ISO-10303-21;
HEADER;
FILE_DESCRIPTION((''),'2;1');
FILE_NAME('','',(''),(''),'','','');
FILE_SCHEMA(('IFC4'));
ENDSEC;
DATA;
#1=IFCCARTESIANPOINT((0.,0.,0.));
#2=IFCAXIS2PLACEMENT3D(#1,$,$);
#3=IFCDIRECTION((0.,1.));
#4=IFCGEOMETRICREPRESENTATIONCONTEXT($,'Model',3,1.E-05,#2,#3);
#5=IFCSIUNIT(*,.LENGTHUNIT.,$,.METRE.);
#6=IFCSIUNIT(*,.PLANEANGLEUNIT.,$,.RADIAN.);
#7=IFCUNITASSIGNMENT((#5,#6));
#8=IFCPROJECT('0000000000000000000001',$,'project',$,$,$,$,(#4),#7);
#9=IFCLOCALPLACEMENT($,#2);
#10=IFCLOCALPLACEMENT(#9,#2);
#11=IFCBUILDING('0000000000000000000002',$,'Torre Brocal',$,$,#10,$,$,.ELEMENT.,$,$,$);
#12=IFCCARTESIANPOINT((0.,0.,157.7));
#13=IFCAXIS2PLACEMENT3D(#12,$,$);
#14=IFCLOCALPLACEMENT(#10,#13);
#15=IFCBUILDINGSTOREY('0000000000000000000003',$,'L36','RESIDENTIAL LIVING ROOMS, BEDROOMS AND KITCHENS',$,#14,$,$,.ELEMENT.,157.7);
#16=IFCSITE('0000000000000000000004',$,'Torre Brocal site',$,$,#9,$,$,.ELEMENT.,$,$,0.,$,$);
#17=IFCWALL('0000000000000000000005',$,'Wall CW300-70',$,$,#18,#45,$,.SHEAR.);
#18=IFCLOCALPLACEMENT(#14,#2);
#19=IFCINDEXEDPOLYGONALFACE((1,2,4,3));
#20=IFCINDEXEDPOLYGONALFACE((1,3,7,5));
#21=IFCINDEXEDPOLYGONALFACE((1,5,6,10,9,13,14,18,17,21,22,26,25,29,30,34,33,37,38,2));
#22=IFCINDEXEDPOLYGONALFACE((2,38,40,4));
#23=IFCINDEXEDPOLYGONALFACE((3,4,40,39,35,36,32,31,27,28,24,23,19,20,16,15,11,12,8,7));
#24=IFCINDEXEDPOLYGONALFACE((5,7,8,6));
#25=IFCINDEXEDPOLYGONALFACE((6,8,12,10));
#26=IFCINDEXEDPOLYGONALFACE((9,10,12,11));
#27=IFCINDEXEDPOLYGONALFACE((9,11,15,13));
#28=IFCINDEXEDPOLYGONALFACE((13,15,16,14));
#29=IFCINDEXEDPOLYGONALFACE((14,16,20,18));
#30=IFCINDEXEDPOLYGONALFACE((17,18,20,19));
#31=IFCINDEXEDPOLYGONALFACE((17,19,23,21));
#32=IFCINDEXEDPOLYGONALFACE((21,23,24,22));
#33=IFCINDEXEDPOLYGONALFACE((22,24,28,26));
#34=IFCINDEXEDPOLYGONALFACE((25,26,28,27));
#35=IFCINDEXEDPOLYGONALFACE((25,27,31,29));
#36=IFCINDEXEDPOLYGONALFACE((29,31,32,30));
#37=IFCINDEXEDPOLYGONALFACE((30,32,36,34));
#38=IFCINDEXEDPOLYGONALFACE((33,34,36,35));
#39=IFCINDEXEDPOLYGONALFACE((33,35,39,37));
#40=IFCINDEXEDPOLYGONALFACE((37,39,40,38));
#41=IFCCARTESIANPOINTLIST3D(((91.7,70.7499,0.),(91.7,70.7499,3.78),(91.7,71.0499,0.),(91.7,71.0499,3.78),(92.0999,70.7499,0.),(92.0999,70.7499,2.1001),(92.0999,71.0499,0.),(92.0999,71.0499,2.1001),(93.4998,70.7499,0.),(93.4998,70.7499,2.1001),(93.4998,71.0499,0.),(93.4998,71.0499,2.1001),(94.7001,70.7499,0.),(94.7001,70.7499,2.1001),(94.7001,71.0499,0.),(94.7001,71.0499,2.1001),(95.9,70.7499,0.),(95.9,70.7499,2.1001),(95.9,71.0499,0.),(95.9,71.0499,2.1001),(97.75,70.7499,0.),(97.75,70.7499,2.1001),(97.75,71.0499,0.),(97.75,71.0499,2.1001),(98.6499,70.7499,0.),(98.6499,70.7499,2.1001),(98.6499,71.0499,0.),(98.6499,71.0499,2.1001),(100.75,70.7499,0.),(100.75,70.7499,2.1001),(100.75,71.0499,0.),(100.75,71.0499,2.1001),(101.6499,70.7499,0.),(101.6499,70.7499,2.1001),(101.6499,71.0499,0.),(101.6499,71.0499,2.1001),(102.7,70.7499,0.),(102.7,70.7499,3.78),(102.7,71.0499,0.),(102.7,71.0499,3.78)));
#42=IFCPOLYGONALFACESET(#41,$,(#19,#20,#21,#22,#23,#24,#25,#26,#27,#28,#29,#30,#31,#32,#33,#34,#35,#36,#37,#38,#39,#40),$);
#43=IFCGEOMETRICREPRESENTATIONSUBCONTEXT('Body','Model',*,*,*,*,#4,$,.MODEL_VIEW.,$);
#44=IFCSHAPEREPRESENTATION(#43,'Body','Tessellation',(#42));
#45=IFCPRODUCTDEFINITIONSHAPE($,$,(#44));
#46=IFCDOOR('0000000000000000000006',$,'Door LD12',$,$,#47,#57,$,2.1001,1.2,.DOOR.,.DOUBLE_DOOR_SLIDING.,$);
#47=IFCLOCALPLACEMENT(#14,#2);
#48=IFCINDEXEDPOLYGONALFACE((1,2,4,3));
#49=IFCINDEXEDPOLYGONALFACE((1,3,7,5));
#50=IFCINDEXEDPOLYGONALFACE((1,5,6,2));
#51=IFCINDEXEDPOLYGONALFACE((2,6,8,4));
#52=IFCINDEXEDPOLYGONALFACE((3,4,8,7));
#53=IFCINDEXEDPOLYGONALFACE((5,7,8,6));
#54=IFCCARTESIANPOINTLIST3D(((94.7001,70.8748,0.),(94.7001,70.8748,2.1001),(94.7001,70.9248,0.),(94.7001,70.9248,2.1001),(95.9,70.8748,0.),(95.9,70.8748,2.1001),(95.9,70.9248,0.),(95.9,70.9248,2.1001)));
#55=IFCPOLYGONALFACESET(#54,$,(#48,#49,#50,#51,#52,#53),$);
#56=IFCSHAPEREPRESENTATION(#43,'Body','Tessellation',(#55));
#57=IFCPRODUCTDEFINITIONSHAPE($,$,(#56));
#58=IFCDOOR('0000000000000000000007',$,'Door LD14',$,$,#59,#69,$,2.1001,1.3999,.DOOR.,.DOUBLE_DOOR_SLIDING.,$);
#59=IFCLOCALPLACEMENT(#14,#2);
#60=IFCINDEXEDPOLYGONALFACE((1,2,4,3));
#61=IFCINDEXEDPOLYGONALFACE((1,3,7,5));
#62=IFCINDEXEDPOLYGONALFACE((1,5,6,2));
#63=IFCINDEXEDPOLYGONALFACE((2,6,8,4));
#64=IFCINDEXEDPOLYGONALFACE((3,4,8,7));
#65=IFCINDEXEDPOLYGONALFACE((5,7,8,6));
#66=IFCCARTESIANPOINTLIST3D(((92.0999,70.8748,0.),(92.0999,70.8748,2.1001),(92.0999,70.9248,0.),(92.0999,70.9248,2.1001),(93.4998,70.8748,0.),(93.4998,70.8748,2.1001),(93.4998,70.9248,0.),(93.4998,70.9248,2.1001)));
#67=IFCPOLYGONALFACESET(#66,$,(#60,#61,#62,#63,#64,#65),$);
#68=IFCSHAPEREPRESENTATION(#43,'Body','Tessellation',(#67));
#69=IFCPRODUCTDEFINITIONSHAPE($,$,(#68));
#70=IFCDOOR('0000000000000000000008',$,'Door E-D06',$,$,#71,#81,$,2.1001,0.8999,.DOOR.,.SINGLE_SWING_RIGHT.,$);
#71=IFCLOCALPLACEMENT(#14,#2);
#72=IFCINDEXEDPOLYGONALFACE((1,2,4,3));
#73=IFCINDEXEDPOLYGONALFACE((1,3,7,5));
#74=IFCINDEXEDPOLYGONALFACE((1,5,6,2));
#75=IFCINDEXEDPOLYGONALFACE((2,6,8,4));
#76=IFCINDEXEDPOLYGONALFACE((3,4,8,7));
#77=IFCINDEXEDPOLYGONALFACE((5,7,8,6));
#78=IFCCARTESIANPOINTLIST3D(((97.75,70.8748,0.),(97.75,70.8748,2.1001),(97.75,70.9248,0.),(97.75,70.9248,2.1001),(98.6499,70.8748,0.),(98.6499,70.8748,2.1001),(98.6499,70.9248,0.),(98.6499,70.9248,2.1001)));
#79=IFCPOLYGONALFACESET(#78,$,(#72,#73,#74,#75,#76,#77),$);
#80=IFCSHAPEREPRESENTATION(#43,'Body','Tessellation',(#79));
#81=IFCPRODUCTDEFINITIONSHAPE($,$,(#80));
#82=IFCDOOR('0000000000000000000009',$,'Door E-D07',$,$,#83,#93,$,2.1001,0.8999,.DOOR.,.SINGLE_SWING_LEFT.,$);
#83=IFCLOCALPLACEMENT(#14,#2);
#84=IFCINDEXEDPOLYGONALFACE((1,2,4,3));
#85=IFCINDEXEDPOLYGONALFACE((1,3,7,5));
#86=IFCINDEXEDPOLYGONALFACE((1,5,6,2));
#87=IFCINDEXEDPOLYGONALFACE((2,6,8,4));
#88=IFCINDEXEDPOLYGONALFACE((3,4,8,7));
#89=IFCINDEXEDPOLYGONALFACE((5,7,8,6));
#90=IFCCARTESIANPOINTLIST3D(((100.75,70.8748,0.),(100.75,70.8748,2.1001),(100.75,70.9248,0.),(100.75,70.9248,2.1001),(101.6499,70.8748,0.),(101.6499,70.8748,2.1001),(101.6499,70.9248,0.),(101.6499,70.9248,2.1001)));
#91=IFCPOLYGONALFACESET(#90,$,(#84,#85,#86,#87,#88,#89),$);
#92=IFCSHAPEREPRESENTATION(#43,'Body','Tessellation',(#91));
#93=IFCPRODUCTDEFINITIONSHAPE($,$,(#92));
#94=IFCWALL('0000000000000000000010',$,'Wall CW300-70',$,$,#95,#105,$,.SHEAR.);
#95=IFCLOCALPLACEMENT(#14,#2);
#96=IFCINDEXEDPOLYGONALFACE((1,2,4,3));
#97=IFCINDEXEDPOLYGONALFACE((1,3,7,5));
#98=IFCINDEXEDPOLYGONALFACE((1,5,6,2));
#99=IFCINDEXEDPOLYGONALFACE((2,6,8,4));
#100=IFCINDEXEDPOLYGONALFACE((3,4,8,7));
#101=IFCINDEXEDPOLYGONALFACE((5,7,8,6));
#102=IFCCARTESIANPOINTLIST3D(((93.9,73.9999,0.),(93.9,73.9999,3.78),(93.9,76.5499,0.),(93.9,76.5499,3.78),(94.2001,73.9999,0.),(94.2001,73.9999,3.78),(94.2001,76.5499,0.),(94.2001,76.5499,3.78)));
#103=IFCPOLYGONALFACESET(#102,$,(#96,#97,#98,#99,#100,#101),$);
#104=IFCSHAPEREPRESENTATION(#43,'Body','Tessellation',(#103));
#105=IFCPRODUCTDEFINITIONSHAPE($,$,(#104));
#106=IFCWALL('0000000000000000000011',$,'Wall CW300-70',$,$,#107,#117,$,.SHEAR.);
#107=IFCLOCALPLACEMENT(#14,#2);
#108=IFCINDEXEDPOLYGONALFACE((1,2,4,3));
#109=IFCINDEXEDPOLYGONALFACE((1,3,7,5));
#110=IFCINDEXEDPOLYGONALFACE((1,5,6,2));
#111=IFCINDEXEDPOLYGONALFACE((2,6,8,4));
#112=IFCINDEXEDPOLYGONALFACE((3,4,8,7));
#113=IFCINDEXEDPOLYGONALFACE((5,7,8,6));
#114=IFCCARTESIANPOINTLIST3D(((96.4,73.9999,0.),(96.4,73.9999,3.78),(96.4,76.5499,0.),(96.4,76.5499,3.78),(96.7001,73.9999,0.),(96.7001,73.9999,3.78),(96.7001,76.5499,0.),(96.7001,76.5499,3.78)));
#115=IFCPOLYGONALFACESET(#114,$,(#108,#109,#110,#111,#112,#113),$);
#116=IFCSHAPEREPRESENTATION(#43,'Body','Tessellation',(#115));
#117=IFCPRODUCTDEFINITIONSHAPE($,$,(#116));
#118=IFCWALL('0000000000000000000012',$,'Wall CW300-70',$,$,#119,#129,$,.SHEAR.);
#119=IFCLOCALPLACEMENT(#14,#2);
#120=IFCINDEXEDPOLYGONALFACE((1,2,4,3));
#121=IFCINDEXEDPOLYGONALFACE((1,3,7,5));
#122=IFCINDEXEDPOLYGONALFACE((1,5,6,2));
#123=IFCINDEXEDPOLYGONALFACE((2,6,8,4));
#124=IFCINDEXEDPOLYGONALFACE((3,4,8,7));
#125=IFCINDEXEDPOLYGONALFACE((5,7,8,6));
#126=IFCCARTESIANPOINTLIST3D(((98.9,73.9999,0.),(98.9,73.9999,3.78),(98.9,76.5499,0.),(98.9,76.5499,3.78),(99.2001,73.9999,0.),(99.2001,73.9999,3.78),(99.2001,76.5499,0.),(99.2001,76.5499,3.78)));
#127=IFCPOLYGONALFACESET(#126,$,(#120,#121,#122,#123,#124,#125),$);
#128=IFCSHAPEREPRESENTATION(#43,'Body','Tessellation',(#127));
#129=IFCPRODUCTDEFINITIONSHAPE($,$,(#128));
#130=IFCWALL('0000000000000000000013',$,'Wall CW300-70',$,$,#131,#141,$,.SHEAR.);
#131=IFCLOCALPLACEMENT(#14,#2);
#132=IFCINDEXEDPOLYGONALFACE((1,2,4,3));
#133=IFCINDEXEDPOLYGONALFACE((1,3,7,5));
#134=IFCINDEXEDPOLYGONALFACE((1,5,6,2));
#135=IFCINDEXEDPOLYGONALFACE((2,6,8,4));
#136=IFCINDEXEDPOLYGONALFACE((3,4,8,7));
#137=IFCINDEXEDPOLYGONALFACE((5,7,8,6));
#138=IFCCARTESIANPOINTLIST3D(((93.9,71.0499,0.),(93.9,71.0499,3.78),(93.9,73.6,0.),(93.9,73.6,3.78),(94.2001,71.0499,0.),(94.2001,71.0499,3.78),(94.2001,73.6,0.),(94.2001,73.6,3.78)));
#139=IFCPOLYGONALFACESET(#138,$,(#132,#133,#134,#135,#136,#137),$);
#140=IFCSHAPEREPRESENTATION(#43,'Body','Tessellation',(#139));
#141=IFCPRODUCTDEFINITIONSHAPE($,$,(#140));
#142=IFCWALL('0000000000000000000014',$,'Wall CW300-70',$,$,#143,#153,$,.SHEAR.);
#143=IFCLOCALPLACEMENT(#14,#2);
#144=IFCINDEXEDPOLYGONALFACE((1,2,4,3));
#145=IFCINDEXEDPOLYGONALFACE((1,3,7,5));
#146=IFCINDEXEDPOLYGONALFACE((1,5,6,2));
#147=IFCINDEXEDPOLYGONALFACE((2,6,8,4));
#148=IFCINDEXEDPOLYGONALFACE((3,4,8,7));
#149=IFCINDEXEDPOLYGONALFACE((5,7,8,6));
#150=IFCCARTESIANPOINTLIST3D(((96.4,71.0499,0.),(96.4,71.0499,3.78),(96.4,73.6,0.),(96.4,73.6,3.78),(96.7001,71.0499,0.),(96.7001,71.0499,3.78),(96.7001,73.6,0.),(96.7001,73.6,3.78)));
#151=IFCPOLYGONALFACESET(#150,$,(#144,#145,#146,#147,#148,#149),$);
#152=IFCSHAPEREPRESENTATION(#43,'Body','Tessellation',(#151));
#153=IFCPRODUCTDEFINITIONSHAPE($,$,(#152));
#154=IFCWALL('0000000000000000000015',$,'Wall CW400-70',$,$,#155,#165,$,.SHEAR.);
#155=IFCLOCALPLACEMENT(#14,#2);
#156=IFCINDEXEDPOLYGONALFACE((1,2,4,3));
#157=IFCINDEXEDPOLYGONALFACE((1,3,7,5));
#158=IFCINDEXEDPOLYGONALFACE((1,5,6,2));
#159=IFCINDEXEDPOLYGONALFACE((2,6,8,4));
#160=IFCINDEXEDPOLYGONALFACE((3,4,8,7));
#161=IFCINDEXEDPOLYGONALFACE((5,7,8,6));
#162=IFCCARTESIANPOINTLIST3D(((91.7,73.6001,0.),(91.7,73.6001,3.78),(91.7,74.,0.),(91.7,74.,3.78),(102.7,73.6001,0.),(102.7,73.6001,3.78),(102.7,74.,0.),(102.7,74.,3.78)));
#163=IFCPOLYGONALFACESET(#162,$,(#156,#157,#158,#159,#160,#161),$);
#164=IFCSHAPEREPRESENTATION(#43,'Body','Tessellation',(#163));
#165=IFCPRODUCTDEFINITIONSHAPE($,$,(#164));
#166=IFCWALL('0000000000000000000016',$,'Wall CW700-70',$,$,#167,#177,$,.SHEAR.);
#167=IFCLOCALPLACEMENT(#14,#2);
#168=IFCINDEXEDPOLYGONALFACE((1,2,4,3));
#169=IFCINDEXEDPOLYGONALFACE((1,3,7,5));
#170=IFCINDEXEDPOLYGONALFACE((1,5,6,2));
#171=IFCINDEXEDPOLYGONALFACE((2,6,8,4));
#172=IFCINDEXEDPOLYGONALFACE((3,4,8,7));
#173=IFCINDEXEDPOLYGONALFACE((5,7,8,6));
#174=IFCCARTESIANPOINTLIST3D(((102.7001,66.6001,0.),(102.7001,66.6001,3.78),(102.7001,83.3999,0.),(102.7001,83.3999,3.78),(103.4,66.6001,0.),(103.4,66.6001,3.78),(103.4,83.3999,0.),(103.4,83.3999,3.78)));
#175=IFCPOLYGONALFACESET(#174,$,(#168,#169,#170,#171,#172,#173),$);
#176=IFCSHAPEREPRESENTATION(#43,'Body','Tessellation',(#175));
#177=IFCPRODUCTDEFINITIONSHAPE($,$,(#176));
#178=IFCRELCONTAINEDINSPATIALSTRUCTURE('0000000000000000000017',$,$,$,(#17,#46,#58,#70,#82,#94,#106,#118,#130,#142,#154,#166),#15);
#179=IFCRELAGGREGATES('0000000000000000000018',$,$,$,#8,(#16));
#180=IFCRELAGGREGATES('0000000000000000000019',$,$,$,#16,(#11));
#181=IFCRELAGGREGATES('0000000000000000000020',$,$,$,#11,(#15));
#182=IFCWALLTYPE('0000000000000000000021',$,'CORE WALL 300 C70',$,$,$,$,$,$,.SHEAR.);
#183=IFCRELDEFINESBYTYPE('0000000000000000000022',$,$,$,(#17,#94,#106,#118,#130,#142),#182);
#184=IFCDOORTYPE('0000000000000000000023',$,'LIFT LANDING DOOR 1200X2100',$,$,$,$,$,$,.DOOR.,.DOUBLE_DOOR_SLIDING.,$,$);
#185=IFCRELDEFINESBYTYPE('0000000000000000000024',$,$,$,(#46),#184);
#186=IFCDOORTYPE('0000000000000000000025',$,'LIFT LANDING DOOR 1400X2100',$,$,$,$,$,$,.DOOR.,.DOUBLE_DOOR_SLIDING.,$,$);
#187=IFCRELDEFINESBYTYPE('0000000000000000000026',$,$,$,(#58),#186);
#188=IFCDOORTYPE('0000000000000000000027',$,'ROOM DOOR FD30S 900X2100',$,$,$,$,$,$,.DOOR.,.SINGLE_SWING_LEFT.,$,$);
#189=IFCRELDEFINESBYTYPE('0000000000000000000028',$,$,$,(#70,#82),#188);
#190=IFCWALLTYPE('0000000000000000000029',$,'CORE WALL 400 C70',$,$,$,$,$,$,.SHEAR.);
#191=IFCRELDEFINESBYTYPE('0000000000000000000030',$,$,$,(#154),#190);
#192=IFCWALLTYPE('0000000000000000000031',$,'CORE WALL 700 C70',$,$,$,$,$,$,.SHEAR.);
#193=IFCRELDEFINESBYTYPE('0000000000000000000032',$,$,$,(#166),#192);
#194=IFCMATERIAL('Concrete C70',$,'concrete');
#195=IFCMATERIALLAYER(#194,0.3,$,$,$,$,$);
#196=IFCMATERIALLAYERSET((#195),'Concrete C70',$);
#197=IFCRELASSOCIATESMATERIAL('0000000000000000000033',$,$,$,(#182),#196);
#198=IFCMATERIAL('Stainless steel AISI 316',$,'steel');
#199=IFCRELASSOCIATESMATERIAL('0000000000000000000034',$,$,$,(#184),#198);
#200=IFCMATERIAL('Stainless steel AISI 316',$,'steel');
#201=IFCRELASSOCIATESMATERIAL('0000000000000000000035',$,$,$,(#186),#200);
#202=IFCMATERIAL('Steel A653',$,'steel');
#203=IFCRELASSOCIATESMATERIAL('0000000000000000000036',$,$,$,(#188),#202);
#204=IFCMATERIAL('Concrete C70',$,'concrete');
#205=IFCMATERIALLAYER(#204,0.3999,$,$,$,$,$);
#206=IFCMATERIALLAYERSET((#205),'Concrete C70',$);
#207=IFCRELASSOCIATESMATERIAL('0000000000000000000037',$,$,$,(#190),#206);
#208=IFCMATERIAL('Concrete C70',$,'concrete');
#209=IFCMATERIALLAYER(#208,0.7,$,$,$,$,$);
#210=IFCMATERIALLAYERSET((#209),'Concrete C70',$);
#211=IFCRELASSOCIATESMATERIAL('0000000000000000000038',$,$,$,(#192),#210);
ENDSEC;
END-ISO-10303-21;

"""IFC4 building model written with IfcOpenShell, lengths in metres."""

from ifc_helpers import new_model, si_unit, direction, frame, frame_2d, origin, place, context, subcontext, project, spatial, rectangle, extrude, material, layer, layer_set, type_object, element, fill, save


model = new_model("IFC4")

# Units and contexts
model_context = context("Model", 3, precision=1e-05, world=origin(), true_north=direction((0.0, 1.0)))
body_context = subcontext(model_context, "Body", "Model", "MODEL_VIEW")
ifc_project = project(units=[si_unit("LENGTHUNIT", "METRE"), si_unit("PLANEANGLEUNIT", "RADIAN")], contexts=[model_context])

# Site, building, storey
site_placement = place(None, origin())
site = spatial("IfcSite", under=ifc_project, at=site_placement, Name="Torre Brocal site", CompositionType="ELEMENT", RefElevation=0.0)
building_placement = place(site_placement, origin())
building = spatial("IfcBuilding", under=site, at=building_placement, Name="Torre Brocal", CompositionType="ELEMENT")
storey_placement = place(building_placement, frame((0.0, 0.0, 157.7)))
storey = spatial("IfcBuildingStorey", under=building, at=storey_placement, Name="L36", Description="RESIDENTIAL LIVING ROOMS, BEDROOMS AND KITCHENS", CompositionType="ELEMENT", Elevation=157.7)

# Shared definitions
ifc_material_1 = material(Name="Concrete C70", Category="concrete")
ifc_layer_1 = layer(ifc_material_1, 0.3)
ifc_layer_set_1 = layer_set([ifc_layer_1], Name="Concrete C70")
wall_type_1 = type_object("IfcWallType", Name="CORE WALL 300 C70", PredefinedType="SHEAR", material=ifc_layer_set_1)

# Wall, openings, doors
wall_1_placement = place(storey_placement, frame((91.7, 70.8999, 0.0), z_axis=(0.0, 0.0, 1.0), x_axis=(1.0, 0.0, 0.0)))
wall_1 = element("IfcWall", 1, at=wall_1_placement, inside=storey, type_object=wall_type_1, Name="Wall CW300-70", PredefinedType="SHEAR", context=body_context, shape_type="SweptSolid", body=[
    extrude(rectangle(XDim=11.0, YDim=0.3, at=frame_2d((5.5, 0.0))), origin(), (0.0, 0.0, 1.0), 3.78),
])
opening_1_placement = place(wall_1_placement, frame((0.3999, 0.0, 0.0)))
opening_1 = element("IfcOpeningElement", 2, at=opening_1_placement, cuts=wall_1, PredefinedType="OPENING", context=body_context, shape_type="SweptSolid", body=[
    extrude(rectangle(XDim=1.3999, YDim=2.1001, at=frame_2d((0.7, 1.05))), frame((0.0, 0.1599, 0.0), z_axis=(0.0, -1.0, 0.0), x_axis=(1.0, 0.0, 0.0)), (0.0, 0.0, 1.0), 0.3201),
])
opening_2_placement = place(wall_1_placement, frame((3.0, 0.0, 0.0)))
opening_2 = element("IfcOpeningElement", 3, at=opening_2_placement, cuts=wall_1, PredefinedType="OPENING", context=body_context, shape_type="SweptSolid", body=[
    extrude(rectangle(XDim=1.2, YDim=2.1001, at=frame_2d((0.6001, 1.05))), frame((0.0, 0.1599, 0.0), z_axis=(0.0, -1.0, 0.0), x_axis=(1.0, 0.0, 0.0)), (0.0, 0.0, 1.0), 0.3201),
])
opening_3_placement = place(wall_1_placement, frame((6.05, 0.0, 0.0)))
opening_3 = element("IfcOpeningElement", 4, at=opening_3_placement, cuts=wall_1, PredefinedType="OPENING", context=body_context, shape_type="SweptSolid", body=[
    extrude(rectangle(XDim=0.8999, YDim=2.1001, at=frame_2d((0.45, 1.05))), frame((0.0, 0.1599, 0.0), z_axis=(0.0, -1.0, 0.0), x_axis=(1.0, 0.0, 0.0)), (0.0, 0.0, 1.0), 0.3201),
])
opening_4_placement = place(wall_1_placement, frame((9.05, 0.0, 0.0)))
opening_4 = element("IfcOpeningElement", 5, at=opening_4_placement, cuts=wall_1, PredefinedType="OPENING", context=body_context, shape_type="SweptSolid", body=[
    extrude(rectangle(XDim=0.8999, YDim=2.1001, at=frame_2d((0.45, 1.05))), frame((0.0, 0.1599, 0.0), z_axis=(0.0, -1.0, 0.0), x_axis=(1.0, 0.0, 0.0)), (0.0, 0.0, 1.0), 0.3201),
])
ifc_material_2 = material(Name="Stainless steel AISI 316", Category="steel")
door_type_1 = type_object("IfcDoorType", Name="LIFT LANDING DOOR 1200X2100", OperationType="DOUBLE_DOOR_SLIDING", PredefinedType="DOOR", material=ifc_material_2)
door_1_placement = place(opening_2_placement, origin())
door_1 = element("IfcDoor", 6, at=door_1_placement, inside=storey, type_object=door_type_1, Name="Door LD12", OperationType="DOUBLE_DOOR_SLIDING", OverallHeight=2.1001, OverallWidth=1.2, PredefinedType="DOOR", context=body_context, shape_type="SweptSolid", body=[
    extrude(rectangle(XDim=1.2, YDim=2.1001, at=frame_2d((0.6001, 1.05))), frame((0.0, 0.0249, 0.0), z_axis=(0.0, -1.0, 0.0), x_axis=(1.0, 0.0, 0.0)), (0.0, 0.0, 1.0), 0.05),
])
fill(opening_2, door_1)
ifc_material_3 = material(Name="Stainless steel AISI 316", Category="steel")
door_type_2 = type_object("IfcDoorType", Name="LIFT LANDING DOOR 1400X2100", OperationType="DOUBLE_DOOR_SLIDING", PredefinedType="DOOR", material=ifc_material_3)
door_2_placement = place(opening_1_placement, origin())
door_2 = element("IfcDoor", 7, at=door_2_placement, inside=storey, type_object=door_type_2, Name="Door LD14", OperationType="DOUBLE_DOOR_SLIDING", OverallHeight=2.1001, OverallWidth=1.3999, PredefinedType="DOOR", context=body_context, shape_type="SweptSolid", body=[
    extrude(rectangle(XDim=1.3999, YDim=2.1001, at=frame_2d((0.7, 1.05))), frame((0.0, 0.0249, 0.0), z_axis=(0.0, -1.0, 0.0), x_axis=(1.0, 0.0, 0.0)), (0.0, 0.0, 1.0), 0.05),
])
fill(opening_1, door_2)
ifc_material_4 = material(Name="Steel A653", Category="steel")
door_type_3 = type_object("IfcDoorType", Name="ROOM DOOR FD30S 900X2100", OperationType="SINGLE_SWING_LEFT", PredefinedType="DOOR", material=ifc_material_4)
door_3_placement = place(opening_3_placement, origin())
door_3 = element("IfcDoor", 8, at=door_3_placement, inside=storey, type_object=door_type_3, Name="Door E-D06", OperationType="SINGLE_SWING_RIGHT", OverallHeight=2.1001, OverallWidth=0.8999, PredefinedType="DOOR", context=body_context, shape_type="SweptSolid", body=[
    extrude(rectangle(XDim=0.8999, YDim=2.1001, at=frame_2d((0.45, 1.05))), frame((0.0, 0.0249, 0.0), z_axis=(0.0, -1.0, 0.0), x_axis=(1.0, 0.0, 0.0)), (0.0, 0.0, 1.0), 0.05),
])
fill(opening_3, door_3)
door_4_placement = place(opening_4_placement, origin())
door_4 = element("IfcDoor", 9, at=door_4_placement, inside=storey, type_object=door_type_3, Name="Door E-D07", OperationType="SINGLE_SWING_LEFT", OverallHeight=2.1001, OverallWidth=0.8999, PredefinedType="DOOR", context=body_context, shape_type="SweptSolid", body=[
    extrude(rectangle(XDim=0.8999, YDim=2.1001, at=frame_2d((0.45, 1.05))), frame((0.0, 0.0249, 0.0), z_axis=(0.0, -1.0, 0.0), x_axis=(1.0, 0.0, 0.0)), (0.0, 0.0, 1.0), 0.05),
])
fill(opening_4, door_4)

# Walls
for number, where, z_axis, x_axis, name in (
    (10, (94.05, 74.0, 0.0), (0.0, 0.0, 1.0), (0.0, 1.0, 0.0), "Wall CW300-70"),
    (11, (96.55, 74.0, 0.0), (0.0, 0.0, 1.0), (0.0, 1.0, 0.0), "Wall CW300-70"),
    (12, (99.05, 74.0, 0.0), (0.0, 0.0, 1.0), (0.0, 1.0, 0.0), "Wall CW300-70"),
    (13, (94.05, 71.05, 0.0), (0.0, 0.0, 1.0), (0.0, 1.0, 0.0), "Wall CW300-70"),
    (14, (96.55, 71.05, 0.0), (0.0, 0.0, 1.0), (0.0, 1.0, 0.0), "Wall CW300-70"),
):
    element("IfcWall", number, at=place(storey_placement, frame(where, z_axis=z_axis, x_axis=x_axis)), inside=storey, type_object=wall_type_1, Name=name, PredefinedType="SHEAR", context=body_context, shape_type="SweptSolid", body=[
        extrude(rectangle(XDim=2.55, YDim=0.3, at=frame_2d((1.2749, 0.0))), origin(), (0.0, 0.0, 1.0), 3.78),
    ])
ifc_material_5 = material(Name="Concrete C70", Category="concrete")
ifc_layer_2 = layer(ifc_material_5, 0.3999)
ifc_layer_set_2 = layer_set([ifc_layer_2], Name="Concrete C70")
wall_type_2 = type_object("IfcWallType", Name="CORE WALL 400 C70", PredefinedType="SHEAR", material=ifc_layer_set_2)
wall_2_placement = place(storey_placement, frame((91.7, 73.8, 0.0), z_axis=(0.0, 0.0, 1.0), x_axis=(1.0, 0.0, 0.0)))
element("IfcWall", 15, at=wall_2_placement, inside=storey, type_object=wall_type_2, Name="Wall CW400-70", PredefinedType="SHEAR", context=body_context, shape_type="SweptSolid", body=[
    extrude(rectangle(XDim=11.0, YDim=0.3999, at=frame_2d((5.5, 0.0))), origin(), (0.0, 0.0, 1.0), 3.78),
])
ifc_material_6 = material(Name="Concrete C70", Category="concrete")
ifc_layer_3 = layer(ifc_material_6, 0.7)
ifc_layer_set_3 = layer_set([ifc_layer_3], Name="Concrete C70")
wall_type_3 = type_object("IfcWallType", Name="CORE WALL 700 C70", PredefinedType="SHEAR", material=ifc_layer_set_3)
wall_3_placement = place(storey_placement, frame((103.05, 66.6001, 0.0), z_axis=(0.0, 0.0, 1.0), x_axis=(0.0, 1.0, 0.0)))
element("IfcWall", 16, at=wall_3_placement, inside=storey, type_object=wall_type_3, Name="Wall CW700-70", PredefinedType="SHEAR", context=body_context, shape_type="SweptSolid", body=[
    extrude(rectangle(XDim=16.7998, YDim=0.7, at=frame_2d((8.3999, 0.0))), origin(), (0.0, 0.0, 1.0), 3.78),
])

save(model, "model.ifc")
